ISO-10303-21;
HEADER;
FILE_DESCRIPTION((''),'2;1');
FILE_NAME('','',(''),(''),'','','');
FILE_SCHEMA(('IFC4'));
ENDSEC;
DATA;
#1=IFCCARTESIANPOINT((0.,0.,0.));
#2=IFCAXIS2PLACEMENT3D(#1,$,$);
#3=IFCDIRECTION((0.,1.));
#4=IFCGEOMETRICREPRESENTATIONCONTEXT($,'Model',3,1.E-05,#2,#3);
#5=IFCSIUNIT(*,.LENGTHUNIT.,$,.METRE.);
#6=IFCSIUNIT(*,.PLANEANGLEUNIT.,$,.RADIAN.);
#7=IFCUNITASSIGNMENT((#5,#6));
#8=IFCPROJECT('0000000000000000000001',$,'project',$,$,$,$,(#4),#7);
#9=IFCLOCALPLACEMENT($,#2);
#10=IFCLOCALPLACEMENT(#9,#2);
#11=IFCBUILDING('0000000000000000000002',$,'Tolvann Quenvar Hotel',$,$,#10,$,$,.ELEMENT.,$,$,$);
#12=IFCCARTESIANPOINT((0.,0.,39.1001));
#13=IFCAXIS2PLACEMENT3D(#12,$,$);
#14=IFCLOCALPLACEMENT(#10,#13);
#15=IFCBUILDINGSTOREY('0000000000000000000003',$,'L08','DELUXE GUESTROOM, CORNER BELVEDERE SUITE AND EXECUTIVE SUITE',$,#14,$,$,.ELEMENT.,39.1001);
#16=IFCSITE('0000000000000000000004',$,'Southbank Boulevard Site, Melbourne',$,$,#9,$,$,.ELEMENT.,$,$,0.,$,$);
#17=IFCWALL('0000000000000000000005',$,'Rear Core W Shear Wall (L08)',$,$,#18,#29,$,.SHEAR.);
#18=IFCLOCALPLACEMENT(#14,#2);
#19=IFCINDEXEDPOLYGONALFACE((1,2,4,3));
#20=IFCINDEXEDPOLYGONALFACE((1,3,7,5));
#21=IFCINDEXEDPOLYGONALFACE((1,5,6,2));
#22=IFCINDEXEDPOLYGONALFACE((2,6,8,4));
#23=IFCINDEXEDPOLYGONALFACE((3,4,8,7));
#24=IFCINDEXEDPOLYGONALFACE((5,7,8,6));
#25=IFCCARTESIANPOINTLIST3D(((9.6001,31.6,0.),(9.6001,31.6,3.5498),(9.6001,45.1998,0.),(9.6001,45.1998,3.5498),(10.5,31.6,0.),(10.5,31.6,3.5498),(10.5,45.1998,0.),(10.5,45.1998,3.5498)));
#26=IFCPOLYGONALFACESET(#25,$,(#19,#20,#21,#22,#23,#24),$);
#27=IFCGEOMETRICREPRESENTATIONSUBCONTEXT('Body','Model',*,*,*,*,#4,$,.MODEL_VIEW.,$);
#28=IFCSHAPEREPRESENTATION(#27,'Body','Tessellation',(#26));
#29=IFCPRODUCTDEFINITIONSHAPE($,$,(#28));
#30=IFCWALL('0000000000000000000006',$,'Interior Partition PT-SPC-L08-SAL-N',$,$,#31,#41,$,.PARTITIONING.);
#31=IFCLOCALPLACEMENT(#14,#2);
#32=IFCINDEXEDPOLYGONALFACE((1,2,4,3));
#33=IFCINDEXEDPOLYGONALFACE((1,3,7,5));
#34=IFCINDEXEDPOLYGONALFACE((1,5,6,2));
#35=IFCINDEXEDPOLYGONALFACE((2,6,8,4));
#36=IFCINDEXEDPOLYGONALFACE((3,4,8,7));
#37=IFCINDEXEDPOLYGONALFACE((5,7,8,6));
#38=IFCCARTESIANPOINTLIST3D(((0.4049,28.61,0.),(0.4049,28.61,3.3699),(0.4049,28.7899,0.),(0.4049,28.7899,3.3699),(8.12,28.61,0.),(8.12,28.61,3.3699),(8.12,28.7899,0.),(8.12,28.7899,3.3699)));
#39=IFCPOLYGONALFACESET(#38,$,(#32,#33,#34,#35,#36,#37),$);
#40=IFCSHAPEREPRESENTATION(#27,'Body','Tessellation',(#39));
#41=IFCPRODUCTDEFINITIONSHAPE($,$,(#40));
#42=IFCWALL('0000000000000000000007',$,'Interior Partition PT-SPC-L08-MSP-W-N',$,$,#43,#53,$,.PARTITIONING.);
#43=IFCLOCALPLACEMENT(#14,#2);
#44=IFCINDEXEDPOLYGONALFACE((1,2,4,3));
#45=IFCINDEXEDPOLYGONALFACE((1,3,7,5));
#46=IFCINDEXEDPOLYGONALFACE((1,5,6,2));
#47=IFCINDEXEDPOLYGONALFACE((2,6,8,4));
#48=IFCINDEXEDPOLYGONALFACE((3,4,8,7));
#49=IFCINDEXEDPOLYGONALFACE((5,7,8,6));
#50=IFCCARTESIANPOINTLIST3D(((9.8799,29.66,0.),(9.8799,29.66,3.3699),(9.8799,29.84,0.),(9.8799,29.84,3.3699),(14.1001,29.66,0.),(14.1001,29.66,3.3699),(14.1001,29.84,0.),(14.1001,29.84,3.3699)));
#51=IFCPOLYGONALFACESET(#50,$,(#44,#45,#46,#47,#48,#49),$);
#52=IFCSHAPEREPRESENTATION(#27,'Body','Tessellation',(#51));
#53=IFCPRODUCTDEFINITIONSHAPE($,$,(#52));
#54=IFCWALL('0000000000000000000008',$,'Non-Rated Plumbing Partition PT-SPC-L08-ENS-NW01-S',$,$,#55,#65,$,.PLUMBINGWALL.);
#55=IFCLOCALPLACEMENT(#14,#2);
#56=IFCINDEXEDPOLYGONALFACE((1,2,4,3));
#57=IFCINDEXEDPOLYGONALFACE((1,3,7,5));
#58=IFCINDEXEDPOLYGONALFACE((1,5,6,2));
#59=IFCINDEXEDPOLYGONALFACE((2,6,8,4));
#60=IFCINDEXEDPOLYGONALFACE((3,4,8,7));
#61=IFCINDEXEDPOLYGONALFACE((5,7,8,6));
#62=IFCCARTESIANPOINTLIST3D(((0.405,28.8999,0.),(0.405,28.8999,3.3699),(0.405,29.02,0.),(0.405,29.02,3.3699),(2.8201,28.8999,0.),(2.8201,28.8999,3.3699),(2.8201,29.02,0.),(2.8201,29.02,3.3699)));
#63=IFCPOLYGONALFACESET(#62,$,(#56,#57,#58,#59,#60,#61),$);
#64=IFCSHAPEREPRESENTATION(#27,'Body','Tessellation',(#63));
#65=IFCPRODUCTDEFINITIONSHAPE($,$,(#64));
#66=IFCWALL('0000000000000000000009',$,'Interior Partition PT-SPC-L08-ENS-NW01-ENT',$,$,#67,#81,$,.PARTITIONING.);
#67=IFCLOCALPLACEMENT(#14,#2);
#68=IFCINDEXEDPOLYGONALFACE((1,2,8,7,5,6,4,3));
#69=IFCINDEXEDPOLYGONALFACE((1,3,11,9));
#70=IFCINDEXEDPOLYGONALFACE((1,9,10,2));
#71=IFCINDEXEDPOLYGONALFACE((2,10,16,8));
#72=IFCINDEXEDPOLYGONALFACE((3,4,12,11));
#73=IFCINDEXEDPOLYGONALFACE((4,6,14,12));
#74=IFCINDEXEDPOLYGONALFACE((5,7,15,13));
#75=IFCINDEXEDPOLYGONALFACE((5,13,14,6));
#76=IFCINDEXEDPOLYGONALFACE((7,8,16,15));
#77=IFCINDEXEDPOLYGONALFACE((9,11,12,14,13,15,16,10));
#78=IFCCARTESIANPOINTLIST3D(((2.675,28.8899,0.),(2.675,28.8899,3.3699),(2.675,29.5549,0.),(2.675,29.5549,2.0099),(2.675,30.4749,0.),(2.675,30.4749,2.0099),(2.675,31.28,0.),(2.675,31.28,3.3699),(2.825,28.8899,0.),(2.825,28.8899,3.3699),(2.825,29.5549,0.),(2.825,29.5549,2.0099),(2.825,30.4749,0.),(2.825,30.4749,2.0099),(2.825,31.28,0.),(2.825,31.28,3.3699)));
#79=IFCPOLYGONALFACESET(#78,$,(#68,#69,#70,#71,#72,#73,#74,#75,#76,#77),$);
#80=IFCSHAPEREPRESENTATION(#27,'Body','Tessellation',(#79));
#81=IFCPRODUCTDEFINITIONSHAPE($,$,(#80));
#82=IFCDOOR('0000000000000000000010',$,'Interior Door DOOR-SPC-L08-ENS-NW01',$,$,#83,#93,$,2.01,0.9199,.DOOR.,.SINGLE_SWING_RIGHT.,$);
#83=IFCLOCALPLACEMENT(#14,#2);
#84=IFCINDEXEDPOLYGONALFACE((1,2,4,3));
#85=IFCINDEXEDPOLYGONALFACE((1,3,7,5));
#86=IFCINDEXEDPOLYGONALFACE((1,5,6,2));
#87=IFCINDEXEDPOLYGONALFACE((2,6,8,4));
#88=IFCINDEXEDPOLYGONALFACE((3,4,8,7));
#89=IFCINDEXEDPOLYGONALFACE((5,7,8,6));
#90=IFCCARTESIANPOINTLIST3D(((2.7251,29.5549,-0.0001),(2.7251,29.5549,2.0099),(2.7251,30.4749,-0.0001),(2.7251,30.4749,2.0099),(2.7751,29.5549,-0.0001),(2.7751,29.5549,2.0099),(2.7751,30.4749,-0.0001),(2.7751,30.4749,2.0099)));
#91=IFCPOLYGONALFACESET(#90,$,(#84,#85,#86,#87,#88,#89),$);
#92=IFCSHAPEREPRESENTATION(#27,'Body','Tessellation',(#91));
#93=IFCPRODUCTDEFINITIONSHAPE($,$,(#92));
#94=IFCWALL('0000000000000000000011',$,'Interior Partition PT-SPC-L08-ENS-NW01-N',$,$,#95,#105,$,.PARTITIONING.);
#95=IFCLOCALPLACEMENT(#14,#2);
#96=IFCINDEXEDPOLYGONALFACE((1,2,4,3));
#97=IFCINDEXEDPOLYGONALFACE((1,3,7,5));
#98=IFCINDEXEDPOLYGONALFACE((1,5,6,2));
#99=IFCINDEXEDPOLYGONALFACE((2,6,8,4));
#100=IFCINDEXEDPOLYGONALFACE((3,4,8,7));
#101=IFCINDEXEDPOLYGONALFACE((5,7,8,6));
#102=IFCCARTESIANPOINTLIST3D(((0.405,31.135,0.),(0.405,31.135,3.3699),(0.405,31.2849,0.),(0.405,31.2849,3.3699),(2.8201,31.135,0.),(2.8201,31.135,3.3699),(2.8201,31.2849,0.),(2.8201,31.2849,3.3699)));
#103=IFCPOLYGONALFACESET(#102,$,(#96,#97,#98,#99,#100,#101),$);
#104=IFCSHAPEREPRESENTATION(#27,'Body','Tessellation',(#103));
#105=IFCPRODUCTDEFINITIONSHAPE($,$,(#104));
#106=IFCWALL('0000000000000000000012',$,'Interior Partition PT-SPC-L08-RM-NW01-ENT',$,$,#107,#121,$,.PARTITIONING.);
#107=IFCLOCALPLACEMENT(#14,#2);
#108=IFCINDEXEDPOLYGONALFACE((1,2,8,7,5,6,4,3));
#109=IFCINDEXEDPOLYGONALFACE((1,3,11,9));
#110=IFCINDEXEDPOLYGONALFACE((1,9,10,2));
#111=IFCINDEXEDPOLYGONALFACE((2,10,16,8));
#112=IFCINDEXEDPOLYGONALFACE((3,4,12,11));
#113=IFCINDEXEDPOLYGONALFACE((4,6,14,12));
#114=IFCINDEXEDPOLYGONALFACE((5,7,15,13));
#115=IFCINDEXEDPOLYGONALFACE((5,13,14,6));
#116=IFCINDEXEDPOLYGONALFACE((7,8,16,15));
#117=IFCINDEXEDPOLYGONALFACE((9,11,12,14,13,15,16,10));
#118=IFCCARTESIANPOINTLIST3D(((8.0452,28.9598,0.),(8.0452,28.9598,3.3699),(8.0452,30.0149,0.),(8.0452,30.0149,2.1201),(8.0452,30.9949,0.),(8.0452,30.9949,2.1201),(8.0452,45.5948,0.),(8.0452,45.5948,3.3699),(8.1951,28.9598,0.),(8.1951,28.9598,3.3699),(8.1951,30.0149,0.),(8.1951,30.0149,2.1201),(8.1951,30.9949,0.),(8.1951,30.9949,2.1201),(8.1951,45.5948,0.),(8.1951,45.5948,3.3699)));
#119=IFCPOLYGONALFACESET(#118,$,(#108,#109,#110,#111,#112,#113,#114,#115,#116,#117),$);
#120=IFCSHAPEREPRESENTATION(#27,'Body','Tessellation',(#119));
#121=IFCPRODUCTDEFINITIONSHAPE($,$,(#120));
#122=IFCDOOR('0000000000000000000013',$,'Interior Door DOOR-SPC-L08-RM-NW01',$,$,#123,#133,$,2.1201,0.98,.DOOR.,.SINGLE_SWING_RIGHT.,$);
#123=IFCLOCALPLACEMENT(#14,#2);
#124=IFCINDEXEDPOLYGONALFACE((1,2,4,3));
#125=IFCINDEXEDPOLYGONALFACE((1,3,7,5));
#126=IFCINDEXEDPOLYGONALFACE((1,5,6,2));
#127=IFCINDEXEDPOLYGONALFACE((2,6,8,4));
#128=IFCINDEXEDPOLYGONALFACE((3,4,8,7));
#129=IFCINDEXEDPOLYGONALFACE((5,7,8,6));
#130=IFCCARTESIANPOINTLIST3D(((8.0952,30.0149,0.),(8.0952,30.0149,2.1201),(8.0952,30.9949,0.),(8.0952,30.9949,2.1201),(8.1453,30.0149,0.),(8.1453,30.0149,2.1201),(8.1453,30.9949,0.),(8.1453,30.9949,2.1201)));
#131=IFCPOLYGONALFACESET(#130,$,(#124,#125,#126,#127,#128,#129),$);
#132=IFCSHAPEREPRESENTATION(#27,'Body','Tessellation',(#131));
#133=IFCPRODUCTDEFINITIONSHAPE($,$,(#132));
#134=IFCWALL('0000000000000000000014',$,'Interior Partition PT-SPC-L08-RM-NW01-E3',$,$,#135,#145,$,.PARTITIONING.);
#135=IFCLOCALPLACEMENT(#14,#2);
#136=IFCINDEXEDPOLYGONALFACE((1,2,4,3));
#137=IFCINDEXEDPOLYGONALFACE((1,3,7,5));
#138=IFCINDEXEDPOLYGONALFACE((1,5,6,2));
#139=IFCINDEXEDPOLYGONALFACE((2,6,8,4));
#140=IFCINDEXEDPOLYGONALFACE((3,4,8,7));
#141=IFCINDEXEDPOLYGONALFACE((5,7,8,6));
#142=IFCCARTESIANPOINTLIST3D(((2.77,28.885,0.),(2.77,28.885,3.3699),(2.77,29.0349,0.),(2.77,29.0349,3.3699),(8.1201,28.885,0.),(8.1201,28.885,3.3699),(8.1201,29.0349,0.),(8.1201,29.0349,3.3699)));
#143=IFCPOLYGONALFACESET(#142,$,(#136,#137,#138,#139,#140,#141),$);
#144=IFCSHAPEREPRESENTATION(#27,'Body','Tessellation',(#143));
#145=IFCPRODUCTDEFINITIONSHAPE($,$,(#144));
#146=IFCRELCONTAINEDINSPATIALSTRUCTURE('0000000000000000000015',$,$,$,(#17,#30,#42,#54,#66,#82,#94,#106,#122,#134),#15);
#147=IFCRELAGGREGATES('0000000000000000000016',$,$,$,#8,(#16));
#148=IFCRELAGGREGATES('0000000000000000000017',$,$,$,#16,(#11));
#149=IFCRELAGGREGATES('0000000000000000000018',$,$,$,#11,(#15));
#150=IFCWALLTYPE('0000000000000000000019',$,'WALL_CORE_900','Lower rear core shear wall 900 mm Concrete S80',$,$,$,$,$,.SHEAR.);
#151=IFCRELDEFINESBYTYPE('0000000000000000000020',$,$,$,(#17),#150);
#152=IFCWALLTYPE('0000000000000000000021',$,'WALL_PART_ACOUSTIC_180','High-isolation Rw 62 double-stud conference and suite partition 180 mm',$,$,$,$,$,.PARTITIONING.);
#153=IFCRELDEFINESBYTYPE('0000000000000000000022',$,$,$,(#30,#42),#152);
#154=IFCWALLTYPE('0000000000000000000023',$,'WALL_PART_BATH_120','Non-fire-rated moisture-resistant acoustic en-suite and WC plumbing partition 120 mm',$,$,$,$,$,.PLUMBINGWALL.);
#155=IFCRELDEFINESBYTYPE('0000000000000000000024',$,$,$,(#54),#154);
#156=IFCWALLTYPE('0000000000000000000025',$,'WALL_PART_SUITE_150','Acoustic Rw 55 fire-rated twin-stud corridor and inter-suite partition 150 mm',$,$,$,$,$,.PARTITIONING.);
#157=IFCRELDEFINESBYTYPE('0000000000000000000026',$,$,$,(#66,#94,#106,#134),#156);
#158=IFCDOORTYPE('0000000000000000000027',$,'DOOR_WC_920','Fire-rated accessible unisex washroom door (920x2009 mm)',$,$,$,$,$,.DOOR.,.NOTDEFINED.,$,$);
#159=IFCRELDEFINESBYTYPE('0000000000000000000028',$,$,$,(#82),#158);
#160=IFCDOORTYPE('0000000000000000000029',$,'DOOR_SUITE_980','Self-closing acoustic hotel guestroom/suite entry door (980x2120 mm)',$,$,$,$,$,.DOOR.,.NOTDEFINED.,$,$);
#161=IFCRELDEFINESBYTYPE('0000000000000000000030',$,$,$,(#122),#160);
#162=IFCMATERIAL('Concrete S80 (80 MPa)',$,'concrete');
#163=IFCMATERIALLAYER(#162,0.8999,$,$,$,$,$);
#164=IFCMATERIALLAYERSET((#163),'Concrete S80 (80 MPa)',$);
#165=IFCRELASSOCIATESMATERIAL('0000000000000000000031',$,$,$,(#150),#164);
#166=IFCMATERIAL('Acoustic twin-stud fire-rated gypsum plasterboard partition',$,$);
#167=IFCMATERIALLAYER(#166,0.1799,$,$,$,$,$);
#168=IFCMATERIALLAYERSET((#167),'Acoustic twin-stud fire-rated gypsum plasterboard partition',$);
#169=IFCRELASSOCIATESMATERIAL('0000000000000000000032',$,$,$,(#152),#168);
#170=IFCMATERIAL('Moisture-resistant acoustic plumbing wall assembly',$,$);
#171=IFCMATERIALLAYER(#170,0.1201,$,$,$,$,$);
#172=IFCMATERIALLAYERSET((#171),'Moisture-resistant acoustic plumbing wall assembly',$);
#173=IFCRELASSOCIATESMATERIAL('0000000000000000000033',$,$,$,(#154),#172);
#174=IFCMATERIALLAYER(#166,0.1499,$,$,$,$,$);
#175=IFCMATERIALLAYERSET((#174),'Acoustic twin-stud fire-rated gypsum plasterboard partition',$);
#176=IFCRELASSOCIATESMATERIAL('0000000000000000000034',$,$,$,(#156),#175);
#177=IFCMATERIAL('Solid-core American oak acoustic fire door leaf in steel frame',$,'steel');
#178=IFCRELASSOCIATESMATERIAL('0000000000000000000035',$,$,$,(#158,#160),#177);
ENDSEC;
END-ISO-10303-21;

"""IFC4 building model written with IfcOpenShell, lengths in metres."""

from ifc_helpers import new_model, si_unit, direction, frame, frame_2d, origin, place, context, subcontext, project, spatial, rectangle, extrude, source, transform, mapped, material, layer, layer_set, type_object, type_shapes, element, fill, save


model = new_model("IFC4")

# Units and contexts
model_context = context("Model", 3, precision=1e-05, world=origin(), true_north=direction((0.0, 1.0)))
body_context = subcontext(model_context, "Body", "Model", "MODEL_VIEW")
ifc_project = project(units=[si_unit("LENGTHUNIT", "METRE"), si_unit("PLANEANGLEUNIT", "RADIAN")], contexts=[model_context])

# Site, building, storey
site_placement = place(None, origin())
site = spatial("IfcSite", under=ifc_project, at=site_placement, Name="Southbank Boulevard Site, Melbourne", CompositionType="ELEMENT", RefElevation=0.0)
building_placement = place(site_placement, origin())
building = spatial("IfcBuilding", under=site, at=building_placement, Name="Tolvann Quenvar Hotel", CompositionType="ELEMENT")
storey_placement = place(building_placement, frame((0.0, 0.0, 39.1001)))
storey = spatial("IfcBuildingStorey", under=building, at=storey_placement, Name="L08", Description="DELUXE GUESTROOM, CORNER BELVEDERE SUITE AND EXECUTIVE SUITE", CompositionType="ELEMENT", Elevation=39.1001)

# Shared definitions
ifc_material_1 = material(Name="Concrete S80 (80 MPa)", Category="concrete")
ifc_layer_1 = layer(ifc_material_1, 0.8999)
ifc_layer_set_1 = layer_set([ifc_layer_1], Name="Concrete S80 (80 MPa)")
wall_type_1 = type_object("IfcWallType", Name="WALL_CORE_900", Description="Lower rear core shear wall 900 mm Concrete S80", PredefinedType="SHEAR", material=ifc_layer_set_1)
ifc_material_2 = material(Name="Solid-core American oak acoustic fire door leaf in steel frame", Category="steel")

# Walls
wall_1_placement = place(storey_placement, frame((10.05, 31.6001, 0.0), z_axis=(0.0, 0.0, 1.0), x_axis=(0.0, 1.0, 0.0)))
element("IfcWall", 1, at=wall_1_placement, inside=storey, type_object=wall_type_1, Name="Rear Core W Shear Wall (L08)", PredefinedType="SHEAR", context=body_context, shape_type="SweptSolid", body=[
    extrude(rectangle(XDim=13.5999, YDim=0.8999, at=frame_2d((6.7998, 0.0))), origin(), (0.0, 0.0, 1.0), 3.5498),
])
ifc_material_3 = material(Name="Acoustic twin-stud fire-rated gypsum plasterboard partition")
ifc_layer_2 = layer(ifc_material_3, 0.1799)
ifc_layer_set_2 = layer_set([ifc_layer_2], Name="Acoustic twin-stud fire-rated gypsum plasterboard partition")
wall_type_2 = type_object("IfcWallType", Name="WALL_PART_ACOUSTIC_180", Description="High-isolation Rw 62 double-stud conference and suite partition 180 mm", PredefinedType="PARTITIONING", material=ifc_layer_set_2)
wall_2_placement = place(storey_placement, frame((0.405, 28.7, 0.0), z_axis=(0.0, 0.0, 1.0), x_axis=(1.0, 0.0, 0.0)))
element("IfcWall", 2, at=wall_2_placement, inside=storey, type_object=wall_type_2, Name="Interior Partition PT-SPC-L08-SAL-N", PredefinedType="PARTITIONING", context=body_context, shape_type="SweptSolid", body=[
    extrude(rectangle(XDim=7.7151, YDim=0.1799, at=frame_2d((3.8574, 0.0))), origin(), (0.0, 0.0, 1.0), 3.3699),
])
wall_3_placement = place(storey_placement, frame((9.8799, 29.75, 0.0), z_axis=(0.0, 0.0, 1.0), x_axis=(1.0, 0.0, 0.0)))
element("IfcWall", 3, at=wall_3_placement, inside=storey, type_object=wall_type_2, Name="Interior Partition PT-SPC-L08-MSP-W-N", PredefinedType="PARTITIONING", context=body_context, shape_type="SweptSolid", body=[
    extrude(rectangle(XDim=4.2202, YDim=0.1799, at=frame_2d((2.1101, 0.0))), origin(), (0.0, 0.0, 1.0), 3.3699),
])
ifc_material_4 = material(Name="Moisture-resistant acoustic plumbing wall assembly")
ifc_layer_3 = layer(ifc_material_4, 0.1201)
ifc_layer_set_3 = layer_set([ifc_layer_3], Name="Moisture-resistant acoustic plumbing wall assembly")
wall_type_3 = type_object("IfcWallType", Name="WALL_PART_BATH_120", Description="Non-fire-rated moisture-resistant acoustic en-suite and WC plumbing partition 120 mm", PredefinedType="PLUMBINGWALL", material=ifc_layer_set_3)
wall_4_placement = place(storey_placement, frame((0.405, 28.96, 0.0), z_axis=(0.0, 0.0, 1.0), x_axis=(1.0, 0.0, 0.0)))
element("IfcWall", 4, at=wall_4_placement, inside=storey, type_object=wall_type_3, Name="Non-Rated Plumbing Partition PT-SPC-L08-ENS-NW01-S", PredefinedType="PLUMBINGWALL", context=body_context, shape_type="SweptSolid", body=[
    extrude(rectangle(XDim=2.415, YDim=0.1201, at=frame_2d((1.2075, 0.0))), origin(), (0.0, 0.0, 1.0), 3.3699),
])

# Wall, opening, door
ifc_layer_4 = layer(ifc_material_3, 0.1499)
ifc_layer_set_4 = layer_set([ifc_layer_4], Name="Acoustic twin-stud fire-rated gypsum plasterboard partition")
wall_type_4 = type_object("IfcWallType", Name="WALL_PART_SUITE_150", Description="Acoustic Rw 55 fire-rated twin-stud corridor and inter-suite partition 150 mm", PredefinedType="PARTITIONING", material=ifc_layer_set_4)
wall_5_placement = place(storey_placement, frame((2.75, 28.8899, 0.0), z_axis=(0.0, 0.0, 1.0), x_axis=(0.0, 1.0, 0.0)))
wall_5 = element("IfcWall", 5, at=wall_5_placement, inside=storey, type_object=wall_type_4, Name="Interior Partition PT-SPC-L08-ENS-NW01-ENT", PredefinedType="PARTITIONING", context=body_context, shape_type="SweptSolid", body=[
    extrude(rectangle(XDim=2.3901, YDim=0.1499, at=frame_2d((1.1951, 0.0))), origin(), (0.0, 0.0, 1.0), 3.3699),
])
opening_1_placement = place(wall_5_placement, frame((0.665, 0.0, 0.0)))
opening_1 = element("IfcOpeningElement", 6, at=opening_1_placement, cuts=wall_5, PredefinedType="OPENING", context=body_context, shape_type="SweptSolid", body=[
    extrude(rectangle(XDim=0.9199, YDim=2.01, at=frame_2d((0.46, 1.0049))), frame((0.0, 0.085, 0.0), z_axis=(0.0, -1.0, 0.0), x_axis=(1.0, 0.0, 0.0)), (0.0, 0.0, 1.0), 0.1699),
])
door_type_1 = type_object("IfcDoorType", Name="DOOR_WC_920", Description="Fire-rated accessible unisex washroom door (920x2009 mm)", OperationType="NOTDEFINED", PredefinedType="DOOR", material=ifc_material_2)
shared_shape_1 = source(origin(), body_context, "Body", "SweptSolid", [
    extrude(rectangle(XDim=0.9199, YDim=2.01, at=frame_2d((0.46, 1.0049))), frame((0.0, 0.0249, 0.0), z_axis=(0.0, -1.0, 0.0), x_axis=(1.0, 0.0, 0.0)), (0.0, 0.0, 1.0), 0.05),
])
type_shapes(door_type_1, [shared_shape_1])
door_1_placement = place(opening_1_placement, origin())
door_1 = element("IfcDoor", 7, at=door_1_placement, inside=storey, type_object=door_type_1, Name="Interior Door DOOR-SPC-L08-ENS-NW01", OperationType="SINGLE_SWING_RIGHT", OverallHeight=2.01, OverallWidth=0.9199, PredefinedType="DOOR", context=body_context, shape_type="MappedRepresentation", body=[
    mapped(shared_shape_1, transform((0.0, 0.0, 0.0), x_axis=(1.0, 0.0, 0.0), y_axis=(0.0, 1.0, 0.0), z_axis=(0.0, 0.0, 1.0), scale=1.0)),
])
fill(opening_1, door_1)

# Wall
wall_6_placement = place(storey_placement, frame((0.405, 31.21, 0.0), z_axis=(0.0, 0.0, 1.0), x_axis=(1.0, 0.0, 0.0)))
element("IfcWall", 8, at=wall_6_placement, inside=storey, type_object=wall_type_4, Name="Interior Partition PT-SPC-L08-ENS-NW01-N", PredefinedType="PARTITIONING", context=body_context, shape_type="SweptSolid", body=[
    extrude(rectangle(XDim=2.415, YDim=0.1499, at=frame_2d((1.2075, 0.0))), origin(), (0.0, 0.0, 1.0), 3.3699),
])

# Wall, opening, door
wall_7_placement = place(storey_placement, frame((8.1201, 28.96, 0.0), z_axis=(0.0, 0.0, 1.0), x_axis=(0.0, 1.0, 0.0)))
wall_7 = element("IfcWall", 9, at=wall_7_placement, inside=storey, type_object=wall_type_4, Name="Interior Partition PT-SPC-L08-RM-NW01-ENT", PredefinedType="PARTITIONING", context=body_context, shape_type="SweptSolid", body=[
    extrude(rectangle(XDim=16.635, YDim=0.1499, at=frame_2d((8.3174, 0.0))), origin(), (0.0, 0.0, 1.0), 3.3699),
])
opening_2_placement = place(wall_7_placement, frame((1.0549, 0.0, 0.0)))
opening_2 = element("IfcOpeningElement", 10, at=opening_2_placement, cuts=wall_7, PredefinedType="OPENING", context=body_context, shape_type="SweptSolid", body=[
    extrude(rectangle(XDim=0.98, YDim=2.1201, at=frame_2d((0.49, 1.0601))), frame((0.0, 0.085, 0.0), z_axis=(0.0, -1.0, 0.0), x_axis=(1.0, 0.0, 0.0)), (0.0, 0.0, 1.0), 0.1699),
])
door_type_2 = type_object("IfcDoorType", Name="DOOR_SUITE_980", Description="Self-closing acoustic hotel guestroom/suite entry door (980x2120 mm)", OperationType="NOTDEFINED", PredefinedType="DOOR", material=ifc_material_2)
shared_shape_2 = source(origin(), body_context, "Body", "SweptSolid", [
    extrude(rectangle(XDim=0.98, YDim=2.1201, at=frame_2d((0.49, 1.0601))), frame((0.0, 0.0249, 0.0), z_axis=(0.0, -1.0, 0.0), x_axis=(1.0, 0.0, 0.0)), (0.0, 0.0, 1.0), 0.05),
])
type_shapes(door_type_2, [shared_shape_2])
door_2_placement = place(opening_2_placement, origin())
door_2 = element("IfcDoor", 11, at=door_2_placement, inside=storey, type_object=door_type_2, Name="Interior Door DOOR-SPC-L08-RM-NW01", OperationType="SINGLE_SWING_RIGHT", OverallHeight=2.1201, OverallWidth=0.98, PredefinedType="DOOR", context=body_context, shape_type="MappedRepresentation", body=[
    mapped(shared_shape_2, transform((0.0, 0.0, 0.0), x_axis=(1.0, 0.0, 0.0), y_axis=(0.0, 1.0, 0.0), z_axis=(0.0, 0.0, 1.0), scale=1.0)),
])
fill(opening_2, door_2)

# Wall
wall_8_placement = place(storey_placement, frame((2.77, 28.96, 0.0), z_axis=(0.0, 0.0, 1.0), x_axis=(1.0, 0.0, 0.0)))
element("IfcWall", 12, at=wall_8_placement, inside=storey, type_object=wall_type_4, Name="Interior Partition PT-SPC-L08-RM-NW01-E3", PredefinedType="PARTITIONING", context=body_context, shape_type="SweptSolid", body=[
    extrude(rectangle(XDim=5.3501, YDim=0.1499, at=frame_2d((2.675, 0.0))), origin(), (0.0, 0.0, 1.0), 3.3699),
])

save(model, "model.ifc")
